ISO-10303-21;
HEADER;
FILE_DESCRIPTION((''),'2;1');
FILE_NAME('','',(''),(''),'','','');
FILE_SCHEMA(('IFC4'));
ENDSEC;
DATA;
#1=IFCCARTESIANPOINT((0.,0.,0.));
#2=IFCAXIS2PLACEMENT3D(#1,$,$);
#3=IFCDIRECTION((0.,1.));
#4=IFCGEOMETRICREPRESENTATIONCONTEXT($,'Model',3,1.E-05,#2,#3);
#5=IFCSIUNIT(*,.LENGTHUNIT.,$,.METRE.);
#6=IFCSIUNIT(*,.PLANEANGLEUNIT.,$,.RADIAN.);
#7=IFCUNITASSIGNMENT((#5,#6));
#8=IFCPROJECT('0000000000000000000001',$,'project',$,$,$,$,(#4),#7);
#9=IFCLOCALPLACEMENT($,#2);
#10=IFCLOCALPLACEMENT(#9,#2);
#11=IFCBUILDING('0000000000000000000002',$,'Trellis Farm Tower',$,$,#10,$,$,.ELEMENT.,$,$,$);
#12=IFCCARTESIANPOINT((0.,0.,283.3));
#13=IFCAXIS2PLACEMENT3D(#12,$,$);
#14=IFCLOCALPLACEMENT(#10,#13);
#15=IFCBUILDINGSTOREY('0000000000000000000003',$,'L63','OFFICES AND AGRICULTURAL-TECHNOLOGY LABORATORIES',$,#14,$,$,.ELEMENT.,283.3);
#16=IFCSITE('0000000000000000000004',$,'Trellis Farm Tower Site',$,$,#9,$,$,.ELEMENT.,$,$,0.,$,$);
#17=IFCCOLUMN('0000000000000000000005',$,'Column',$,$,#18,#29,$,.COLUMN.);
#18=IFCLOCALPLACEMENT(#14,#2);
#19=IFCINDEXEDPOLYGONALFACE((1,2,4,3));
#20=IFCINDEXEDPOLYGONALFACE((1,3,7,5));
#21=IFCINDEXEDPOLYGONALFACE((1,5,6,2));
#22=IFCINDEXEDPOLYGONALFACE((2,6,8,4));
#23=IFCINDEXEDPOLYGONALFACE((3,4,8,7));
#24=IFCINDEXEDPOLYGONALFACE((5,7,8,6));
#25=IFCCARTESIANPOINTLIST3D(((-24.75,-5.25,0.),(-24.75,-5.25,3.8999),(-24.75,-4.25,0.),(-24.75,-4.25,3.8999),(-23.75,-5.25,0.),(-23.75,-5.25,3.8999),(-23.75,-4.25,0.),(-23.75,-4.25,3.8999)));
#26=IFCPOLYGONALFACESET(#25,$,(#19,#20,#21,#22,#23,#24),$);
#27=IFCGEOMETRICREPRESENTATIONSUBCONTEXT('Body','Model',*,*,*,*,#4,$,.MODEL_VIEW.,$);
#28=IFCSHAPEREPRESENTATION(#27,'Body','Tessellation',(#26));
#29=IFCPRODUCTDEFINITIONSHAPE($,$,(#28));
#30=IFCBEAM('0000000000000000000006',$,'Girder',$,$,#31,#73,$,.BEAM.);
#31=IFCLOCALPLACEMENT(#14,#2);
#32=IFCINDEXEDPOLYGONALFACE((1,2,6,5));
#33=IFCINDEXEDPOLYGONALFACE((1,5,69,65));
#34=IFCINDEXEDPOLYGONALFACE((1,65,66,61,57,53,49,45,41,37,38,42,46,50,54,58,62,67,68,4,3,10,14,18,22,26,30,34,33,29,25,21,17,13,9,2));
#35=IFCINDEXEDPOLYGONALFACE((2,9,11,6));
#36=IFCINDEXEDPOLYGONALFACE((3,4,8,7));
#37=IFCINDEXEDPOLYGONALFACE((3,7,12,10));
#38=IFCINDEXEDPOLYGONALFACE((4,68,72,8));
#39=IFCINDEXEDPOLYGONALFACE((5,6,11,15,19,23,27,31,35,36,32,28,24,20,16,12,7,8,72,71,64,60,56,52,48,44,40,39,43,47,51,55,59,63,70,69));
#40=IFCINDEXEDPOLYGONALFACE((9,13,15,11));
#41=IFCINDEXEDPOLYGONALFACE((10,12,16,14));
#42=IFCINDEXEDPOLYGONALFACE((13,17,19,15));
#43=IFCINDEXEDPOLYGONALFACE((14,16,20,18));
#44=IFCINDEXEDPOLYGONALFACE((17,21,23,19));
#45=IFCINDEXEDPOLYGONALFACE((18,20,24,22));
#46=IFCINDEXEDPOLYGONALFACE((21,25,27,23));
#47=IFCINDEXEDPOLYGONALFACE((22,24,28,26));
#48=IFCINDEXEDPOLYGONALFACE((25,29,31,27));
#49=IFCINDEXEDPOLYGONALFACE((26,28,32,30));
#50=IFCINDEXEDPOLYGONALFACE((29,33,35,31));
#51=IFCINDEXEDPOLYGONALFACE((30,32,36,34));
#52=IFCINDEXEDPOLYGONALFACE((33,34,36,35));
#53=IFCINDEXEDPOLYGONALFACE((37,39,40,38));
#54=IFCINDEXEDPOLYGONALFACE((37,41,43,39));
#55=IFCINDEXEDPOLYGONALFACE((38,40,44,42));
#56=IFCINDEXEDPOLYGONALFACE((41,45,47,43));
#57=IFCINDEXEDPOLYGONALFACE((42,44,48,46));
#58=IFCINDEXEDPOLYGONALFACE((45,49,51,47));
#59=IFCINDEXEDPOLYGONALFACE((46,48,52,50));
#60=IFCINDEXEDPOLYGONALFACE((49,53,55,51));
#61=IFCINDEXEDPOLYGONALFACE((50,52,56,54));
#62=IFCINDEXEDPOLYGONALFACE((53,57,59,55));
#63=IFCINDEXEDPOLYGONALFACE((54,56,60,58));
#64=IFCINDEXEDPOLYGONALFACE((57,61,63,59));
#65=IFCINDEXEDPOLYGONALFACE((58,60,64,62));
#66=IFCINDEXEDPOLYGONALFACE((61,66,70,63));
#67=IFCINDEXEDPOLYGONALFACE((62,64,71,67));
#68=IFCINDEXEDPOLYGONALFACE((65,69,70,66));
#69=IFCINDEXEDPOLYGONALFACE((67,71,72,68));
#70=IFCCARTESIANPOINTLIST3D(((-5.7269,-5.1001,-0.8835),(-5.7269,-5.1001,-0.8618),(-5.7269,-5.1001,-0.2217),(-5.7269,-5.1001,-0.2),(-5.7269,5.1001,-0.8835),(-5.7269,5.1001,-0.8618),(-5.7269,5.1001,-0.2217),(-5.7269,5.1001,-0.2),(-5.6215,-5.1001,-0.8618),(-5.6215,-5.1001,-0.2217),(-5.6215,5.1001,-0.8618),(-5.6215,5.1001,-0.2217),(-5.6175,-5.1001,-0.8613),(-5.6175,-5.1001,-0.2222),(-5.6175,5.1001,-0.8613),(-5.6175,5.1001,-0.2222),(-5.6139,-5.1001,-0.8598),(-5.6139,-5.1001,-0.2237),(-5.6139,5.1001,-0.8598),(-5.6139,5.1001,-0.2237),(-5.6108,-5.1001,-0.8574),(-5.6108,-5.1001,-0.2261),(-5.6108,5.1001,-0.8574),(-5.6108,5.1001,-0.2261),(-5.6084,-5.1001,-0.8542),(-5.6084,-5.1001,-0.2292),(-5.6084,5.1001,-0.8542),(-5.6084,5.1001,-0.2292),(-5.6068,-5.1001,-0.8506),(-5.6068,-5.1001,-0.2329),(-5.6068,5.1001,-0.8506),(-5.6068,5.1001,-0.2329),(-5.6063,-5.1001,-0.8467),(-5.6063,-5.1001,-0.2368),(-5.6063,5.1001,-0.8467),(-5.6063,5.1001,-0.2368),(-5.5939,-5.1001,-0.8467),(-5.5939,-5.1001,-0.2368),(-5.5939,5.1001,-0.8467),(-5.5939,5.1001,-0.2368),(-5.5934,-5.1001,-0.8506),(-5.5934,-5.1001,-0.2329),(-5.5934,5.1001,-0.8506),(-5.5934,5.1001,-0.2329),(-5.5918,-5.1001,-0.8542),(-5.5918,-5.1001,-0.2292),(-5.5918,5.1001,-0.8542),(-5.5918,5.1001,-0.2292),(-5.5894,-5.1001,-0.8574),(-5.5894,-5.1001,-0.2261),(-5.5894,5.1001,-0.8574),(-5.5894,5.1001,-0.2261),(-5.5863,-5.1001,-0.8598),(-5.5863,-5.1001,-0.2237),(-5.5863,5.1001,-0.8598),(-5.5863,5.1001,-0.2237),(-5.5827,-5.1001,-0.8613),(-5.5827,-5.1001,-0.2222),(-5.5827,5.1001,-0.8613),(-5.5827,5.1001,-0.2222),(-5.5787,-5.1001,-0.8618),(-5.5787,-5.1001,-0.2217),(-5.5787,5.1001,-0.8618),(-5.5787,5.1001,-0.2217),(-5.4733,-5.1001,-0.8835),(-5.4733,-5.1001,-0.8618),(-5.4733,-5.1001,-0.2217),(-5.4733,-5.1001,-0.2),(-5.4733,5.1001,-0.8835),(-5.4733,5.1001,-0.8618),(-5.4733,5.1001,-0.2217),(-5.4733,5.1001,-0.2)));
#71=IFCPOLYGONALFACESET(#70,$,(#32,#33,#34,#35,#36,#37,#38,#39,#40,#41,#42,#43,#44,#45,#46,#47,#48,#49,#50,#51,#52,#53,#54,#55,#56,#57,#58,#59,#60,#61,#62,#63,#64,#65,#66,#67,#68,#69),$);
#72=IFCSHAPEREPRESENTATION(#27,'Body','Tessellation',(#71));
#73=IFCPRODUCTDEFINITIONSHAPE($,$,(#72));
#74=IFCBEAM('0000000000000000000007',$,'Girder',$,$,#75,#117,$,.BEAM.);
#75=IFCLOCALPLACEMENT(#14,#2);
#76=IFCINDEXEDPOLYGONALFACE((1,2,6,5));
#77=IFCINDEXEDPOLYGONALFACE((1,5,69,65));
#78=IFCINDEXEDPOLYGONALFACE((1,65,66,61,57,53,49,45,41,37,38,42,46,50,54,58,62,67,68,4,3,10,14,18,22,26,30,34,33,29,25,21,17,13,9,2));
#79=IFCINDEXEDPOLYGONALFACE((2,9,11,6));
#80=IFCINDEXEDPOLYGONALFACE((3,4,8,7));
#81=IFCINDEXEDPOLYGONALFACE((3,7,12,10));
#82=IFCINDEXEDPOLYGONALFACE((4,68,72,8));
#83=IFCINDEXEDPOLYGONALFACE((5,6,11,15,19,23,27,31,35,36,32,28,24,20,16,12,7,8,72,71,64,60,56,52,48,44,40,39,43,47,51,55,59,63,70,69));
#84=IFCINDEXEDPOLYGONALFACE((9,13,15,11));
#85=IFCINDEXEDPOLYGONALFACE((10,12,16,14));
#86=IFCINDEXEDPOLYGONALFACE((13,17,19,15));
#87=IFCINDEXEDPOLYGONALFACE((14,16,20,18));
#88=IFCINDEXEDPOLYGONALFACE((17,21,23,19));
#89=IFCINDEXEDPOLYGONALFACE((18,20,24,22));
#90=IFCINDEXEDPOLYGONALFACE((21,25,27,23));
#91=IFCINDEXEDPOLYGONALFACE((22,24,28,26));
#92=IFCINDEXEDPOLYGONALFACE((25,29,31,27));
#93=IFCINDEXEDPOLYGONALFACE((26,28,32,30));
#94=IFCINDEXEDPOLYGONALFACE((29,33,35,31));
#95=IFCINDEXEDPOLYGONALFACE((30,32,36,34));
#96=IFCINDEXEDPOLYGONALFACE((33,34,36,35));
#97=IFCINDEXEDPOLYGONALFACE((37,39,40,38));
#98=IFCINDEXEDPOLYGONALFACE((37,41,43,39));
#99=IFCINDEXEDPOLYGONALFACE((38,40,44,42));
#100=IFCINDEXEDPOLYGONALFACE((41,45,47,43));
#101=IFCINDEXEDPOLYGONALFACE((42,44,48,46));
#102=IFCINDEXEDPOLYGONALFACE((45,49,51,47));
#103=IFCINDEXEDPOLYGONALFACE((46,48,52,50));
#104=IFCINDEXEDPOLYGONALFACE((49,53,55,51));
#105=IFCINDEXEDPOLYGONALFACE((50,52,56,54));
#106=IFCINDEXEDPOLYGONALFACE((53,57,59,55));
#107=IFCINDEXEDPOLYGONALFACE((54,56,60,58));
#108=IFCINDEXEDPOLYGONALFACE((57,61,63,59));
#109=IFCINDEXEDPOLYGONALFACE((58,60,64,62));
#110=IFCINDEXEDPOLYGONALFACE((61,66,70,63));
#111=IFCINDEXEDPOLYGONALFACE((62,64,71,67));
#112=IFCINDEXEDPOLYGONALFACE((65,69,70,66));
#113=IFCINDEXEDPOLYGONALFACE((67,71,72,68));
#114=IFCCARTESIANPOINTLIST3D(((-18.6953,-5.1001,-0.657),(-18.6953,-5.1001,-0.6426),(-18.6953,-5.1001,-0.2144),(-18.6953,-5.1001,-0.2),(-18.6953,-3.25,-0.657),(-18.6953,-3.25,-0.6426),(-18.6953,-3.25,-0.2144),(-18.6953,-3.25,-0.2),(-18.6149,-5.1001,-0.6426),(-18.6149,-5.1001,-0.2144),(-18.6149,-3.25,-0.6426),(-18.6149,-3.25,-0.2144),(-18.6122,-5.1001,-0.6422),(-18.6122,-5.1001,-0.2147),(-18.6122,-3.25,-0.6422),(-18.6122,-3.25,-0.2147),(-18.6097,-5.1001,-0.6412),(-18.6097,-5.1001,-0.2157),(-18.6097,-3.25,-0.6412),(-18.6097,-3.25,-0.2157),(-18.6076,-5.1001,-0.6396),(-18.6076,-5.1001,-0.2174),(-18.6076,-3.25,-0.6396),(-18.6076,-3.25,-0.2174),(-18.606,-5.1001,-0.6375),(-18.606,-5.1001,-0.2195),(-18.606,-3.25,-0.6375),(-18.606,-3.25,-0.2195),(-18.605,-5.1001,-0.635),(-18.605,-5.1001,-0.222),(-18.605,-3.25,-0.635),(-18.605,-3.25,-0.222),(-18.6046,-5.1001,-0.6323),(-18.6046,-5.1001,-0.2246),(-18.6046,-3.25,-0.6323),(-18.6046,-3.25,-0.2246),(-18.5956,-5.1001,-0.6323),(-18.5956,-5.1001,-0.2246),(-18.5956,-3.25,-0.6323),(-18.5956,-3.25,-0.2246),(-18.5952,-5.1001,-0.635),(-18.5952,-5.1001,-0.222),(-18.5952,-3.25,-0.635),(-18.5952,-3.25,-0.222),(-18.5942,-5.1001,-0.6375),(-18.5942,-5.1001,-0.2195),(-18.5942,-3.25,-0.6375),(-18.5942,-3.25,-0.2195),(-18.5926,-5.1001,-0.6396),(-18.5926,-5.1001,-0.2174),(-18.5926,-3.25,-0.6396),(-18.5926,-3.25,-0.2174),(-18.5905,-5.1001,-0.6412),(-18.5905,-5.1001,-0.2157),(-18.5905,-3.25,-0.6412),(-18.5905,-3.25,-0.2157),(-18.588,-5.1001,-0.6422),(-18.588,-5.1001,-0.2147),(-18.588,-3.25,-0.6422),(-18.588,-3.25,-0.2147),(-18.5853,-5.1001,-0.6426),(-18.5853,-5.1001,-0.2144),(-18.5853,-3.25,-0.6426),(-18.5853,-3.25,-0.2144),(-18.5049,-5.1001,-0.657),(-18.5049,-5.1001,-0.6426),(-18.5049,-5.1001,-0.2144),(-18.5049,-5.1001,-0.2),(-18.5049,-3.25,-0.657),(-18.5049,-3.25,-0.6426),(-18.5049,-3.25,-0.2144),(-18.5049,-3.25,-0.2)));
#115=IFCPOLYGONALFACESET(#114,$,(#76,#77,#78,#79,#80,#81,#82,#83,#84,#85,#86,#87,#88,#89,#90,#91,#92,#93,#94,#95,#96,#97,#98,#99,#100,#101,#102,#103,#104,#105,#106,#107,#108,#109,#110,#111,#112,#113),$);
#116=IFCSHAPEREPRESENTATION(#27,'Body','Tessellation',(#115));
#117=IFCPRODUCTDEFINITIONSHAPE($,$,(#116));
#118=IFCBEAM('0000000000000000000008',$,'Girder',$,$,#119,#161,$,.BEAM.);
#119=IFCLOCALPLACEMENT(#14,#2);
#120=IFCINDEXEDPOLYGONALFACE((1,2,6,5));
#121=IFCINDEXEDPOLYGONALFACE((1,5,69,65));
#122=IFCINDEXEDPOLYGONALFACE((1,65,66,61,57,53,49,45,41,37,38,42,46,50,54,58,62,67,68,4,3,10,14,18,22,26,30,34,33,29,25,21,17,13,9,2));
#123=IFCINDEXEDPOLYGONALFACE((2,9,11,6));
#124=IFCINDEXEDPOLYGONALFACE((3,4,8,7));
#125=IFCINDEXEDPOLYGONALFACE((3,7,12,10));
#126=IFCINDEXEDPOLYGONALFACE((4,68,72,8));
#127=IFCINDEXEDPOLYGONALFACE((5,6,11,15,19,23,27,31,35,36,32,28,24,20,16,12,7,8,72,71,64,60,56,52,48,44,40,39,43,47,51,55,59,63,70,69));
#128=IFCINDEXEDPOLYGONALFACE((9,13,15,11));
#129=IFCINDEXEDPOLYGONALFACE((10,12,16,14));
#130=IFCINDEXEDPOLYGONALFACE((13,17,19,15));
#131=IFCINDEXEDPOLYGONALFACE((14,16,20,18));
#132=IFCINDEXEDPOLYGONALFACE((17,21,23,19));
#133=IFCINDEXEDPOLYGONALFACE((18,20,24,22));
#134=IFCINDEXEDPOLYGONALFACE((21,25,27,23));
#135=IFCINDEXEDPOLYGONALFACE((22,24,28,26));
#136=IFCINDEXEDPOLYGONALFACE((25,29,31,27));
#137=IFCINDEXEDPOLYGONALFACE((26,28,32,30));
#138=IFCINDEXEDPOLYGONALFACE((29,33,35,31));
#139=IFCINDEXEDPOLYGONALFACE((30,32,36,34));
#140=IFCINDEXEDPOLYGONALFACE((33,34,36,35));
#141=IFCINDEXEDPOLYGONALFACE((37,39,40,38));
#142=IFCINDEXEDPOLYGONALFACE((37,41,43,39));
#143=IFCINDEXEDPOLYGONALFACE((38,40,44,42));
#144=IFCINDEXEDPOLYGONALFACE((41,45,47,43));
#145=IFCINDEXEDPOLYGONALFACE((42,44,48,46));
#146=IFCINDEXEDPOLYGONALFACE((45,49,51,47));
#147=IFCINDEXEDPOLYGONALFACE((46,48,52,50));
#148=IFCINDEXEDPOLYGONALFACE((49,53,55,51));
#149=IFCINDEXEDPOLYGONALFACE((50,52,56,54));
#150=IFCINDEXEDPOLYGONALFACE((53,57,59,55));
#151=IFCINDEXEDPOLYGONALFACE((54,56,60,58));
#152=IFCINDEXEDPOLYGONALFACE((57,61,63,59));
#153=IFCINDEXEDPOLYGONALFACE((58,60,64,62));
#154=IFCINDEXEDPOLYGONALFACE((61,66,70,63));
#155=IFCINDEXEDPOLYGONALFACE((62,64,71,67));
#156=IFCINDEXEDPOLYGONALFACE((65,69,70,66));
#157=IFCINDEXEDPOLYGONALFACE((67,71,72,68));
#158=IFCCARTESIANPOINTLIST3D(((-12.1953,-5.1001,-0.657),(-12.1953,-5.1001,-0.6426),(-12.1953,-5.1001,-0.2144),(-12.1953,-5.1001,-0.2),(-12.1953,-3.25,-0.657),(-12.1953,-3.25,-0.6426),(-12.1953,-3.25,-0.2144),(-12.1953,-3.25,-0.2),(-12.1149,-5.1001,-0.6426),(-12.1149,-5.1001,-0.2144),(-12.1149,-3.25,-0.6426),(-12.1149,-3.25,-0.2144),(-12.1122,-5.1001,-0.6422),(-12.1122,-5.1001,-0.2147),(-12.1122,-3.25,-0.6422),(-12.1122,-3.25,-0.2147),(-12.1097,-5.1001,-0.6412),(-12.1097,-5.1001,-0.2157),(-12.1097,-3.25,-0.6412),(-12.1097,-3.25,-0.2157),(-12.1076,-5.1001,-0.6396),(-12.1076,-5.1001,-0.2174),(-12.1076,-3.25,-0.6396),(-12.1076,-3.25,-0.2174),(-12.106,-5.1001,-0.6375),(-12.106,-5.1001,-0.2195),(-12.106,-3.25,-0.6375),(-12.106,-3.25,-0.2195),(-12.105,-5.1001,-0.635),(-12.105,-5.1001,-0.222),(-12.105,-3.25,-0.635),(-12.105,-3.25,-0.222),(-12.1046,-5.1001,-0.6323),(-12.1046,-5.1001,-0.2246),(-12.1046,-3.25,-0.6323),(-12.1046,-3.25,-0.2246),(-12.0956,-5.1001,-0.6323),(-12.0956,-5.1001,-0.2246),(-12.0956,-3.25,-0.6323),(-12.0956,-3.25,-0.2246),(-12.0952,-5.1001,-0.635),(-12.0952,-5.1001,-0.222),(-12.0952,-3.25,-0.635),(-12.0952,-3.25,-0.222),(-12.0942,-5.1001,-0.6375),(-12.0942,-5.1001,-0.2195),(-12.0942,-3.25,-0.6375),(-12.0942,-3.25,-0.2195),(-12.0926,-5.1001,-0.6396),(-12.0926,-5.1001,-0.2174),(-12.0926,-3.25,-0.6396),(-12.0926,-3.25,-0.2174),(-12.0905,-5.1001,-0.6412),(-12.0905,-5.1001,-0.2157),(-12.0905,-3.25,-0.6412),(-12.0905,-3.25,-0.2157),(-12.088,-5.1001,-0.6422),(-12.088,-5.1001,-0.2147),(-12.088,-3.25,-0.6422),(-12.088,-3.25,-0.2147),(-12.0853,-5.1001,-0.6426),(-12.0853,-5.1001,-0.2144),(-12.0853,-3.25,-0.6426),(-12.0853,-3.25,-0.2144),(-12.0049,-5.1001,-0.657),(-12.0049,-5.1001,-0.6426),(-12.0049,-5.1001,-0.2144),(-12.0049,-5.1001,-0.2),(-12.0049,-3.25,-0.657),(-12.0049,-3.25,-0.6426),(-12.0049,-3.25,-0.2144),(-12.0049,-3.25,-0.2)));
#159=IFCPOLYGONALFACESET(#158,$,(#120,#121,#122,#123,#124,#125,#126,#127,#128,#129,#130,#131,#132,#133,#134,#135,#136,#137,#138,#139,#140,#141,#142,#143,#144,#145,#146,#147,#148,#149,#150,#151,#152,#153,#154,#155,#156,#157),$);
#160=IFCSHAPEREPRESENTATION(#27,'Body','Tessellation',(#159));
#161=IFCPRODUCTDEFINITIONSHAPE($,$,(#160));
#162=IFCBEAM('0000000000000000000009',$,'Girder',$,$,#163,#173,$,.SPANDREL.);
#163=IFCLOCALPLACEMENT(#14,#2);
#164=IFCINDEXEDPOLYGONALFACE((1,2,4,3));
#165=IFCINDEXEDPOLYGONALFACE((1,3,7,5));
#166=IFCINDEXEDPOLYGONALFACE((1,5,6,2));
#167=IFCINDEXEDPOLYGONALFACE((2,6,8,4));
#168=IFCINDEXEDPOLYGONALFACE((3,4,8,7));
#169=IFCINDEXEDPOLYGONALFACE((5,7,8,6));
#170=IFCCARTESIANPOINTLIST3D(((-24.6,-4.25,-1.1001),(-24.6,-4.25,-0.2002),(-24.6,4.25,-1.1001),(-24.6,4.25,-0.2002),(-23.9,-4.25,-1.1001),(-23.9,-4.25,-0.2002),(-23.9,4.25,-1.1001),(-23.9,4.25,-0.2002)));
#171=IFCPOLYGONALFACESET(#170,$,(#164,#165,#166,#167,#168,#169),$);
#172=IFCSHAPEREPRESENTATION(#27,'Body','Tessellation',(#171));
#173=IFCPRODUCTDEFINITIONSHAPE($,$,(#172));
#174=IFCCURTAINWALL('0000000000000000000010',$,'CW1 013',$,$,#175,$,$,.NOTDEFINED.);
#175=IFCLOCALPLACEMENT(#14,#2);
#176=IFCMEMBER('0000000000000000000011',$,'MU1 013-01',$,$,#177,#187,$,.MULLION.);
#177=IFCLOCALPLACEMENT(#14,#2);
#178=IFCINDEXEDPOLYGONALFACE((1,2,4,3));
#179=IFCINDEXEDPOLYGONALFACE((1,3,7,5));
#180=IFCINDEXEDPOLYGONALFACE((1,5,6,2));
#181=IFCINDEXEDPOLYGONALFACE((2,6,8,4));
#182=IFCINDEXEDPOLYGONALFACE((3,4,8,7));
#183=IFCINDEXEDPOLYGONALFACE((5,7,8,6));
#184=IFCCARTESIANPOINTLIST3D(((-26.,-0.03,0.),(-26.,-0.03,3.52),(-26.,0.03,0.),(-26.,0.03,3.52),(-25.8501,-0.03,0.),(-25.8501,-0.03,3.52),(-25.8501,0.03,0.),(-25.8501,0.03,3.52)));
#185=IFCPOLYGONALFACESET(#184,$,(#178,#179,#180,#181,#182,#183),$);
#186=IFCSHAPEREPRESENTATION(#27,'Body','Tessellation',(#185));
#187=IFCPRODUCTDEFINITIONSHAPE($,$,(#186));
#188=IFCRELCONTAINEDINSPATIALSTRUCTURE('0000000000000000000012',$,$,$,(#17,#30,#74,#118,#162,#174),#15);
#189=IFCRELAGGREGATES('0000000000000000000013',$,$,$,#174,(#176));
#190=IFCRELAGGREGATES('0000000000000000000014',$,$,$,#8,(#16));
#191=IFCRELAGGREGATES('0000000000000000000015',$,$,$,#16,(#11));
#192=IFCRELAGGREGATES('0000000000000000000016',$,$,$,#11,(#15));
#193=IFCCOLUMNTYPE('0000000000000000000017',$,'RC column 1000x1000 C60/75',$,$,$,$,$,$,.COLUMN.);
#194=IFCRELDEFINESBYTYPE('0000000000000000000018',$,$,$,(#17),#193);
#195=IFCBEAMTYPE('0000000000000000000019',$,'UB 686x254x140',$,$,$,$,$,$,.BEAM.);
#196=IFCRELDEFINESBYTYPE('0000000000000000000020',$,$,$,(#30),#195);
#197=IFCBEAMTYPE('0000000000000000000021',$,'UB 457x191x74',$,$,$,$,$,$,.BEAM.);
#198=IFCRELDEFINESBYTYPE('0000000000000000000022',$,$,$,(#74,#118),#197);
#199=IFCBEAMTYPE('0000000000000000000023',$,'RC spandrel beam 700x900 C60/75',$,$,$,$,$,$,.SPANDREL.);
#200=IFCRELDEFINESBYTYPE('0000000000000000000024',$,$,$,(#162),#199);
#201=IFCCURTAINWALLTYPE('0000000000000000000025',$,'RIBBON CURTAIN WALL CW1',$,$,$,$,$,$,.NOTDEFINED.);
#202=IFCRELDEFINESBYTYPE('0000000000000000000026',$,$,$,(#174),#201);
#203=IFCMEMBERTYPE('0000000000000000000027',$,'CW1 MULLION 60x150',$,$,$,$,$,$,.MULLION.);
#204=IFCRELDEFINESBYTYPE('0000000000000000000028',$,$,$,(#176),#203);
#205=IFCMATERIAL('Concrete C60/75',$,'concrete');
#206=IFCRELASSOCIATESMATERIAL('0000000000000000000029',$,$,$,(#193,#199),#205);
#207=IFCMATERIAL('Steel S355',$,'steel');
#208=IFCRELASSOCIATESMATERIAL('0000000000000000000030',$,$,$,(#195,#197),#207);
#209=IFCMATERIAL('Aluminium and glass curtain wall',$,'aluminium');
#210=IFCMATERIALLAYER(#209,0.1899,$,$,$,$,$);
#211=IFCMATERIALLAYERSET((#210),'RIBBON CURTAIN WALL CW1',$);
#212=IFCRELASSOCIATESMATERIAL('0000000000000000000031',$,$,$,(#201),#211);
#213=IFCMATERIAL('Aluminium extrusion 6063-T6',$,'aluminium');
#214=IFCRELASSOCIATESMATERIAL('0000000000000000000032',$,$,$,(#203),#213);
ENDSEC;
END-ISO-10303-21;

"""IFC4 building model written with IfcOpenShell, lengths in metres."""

from ifc_helpers import new_model, si_unit, direction, frame, origin, origin_2d, place, context, subcontext, project, spatial, rectangle, i_section, extrude, source, transform, mapped, material, layer, layer_set, material_profile, profile_set, type_object, element, aggregate, save


model = new_model("IFC4")

# Units and contexts
model_context = context("Model", 3, precision=1e-05, world=origin(), true_north=direction((0.0, 1.0)))
body_context = subcontext(model_context, "Body", "Model", "MODEL_VIEW")
ifc_project = project(units=[si_unit("LENGTHUNIT", "METRE"), si_unit("PLANEANGLEUNIT", "RADIAN")], contexts=[model_context])

# Site, building, storey
site_placement = place(None, origin())
site = spatial("IfcSite", under=ifc_project, at=site_placement, Name="Trellis Farm Tower Site", CompositionType="ELEMENT", RefElevation=0.0)
building_placement = place(site_placement, origin())
building = spatial("IfcBuilding", under=site, at=building_placement, Name="Trellis Farm Tower", CompositionType="ELEMENT")
storey_placement = place(building_placement, frame((0.0, 0.0, 283.3)))
storey = spatial("IfcBuildingStorey", under=building, at=storey_placement, Name="L63", Description="OFFICES AND AGRICULTURAL-TECHNOLOGY LABORATORIES", CompositionType="ELEMENT", Elevation=283.3)

# Column
ifc_material_1 = material(Name="Concrete C60/75", Category="concrete")
ifc_material_profile_1 = material_profile(ifc_material_1, rectangle(XDim=1.0, YDim=1.0, at=origin_2d()), Name="RC column 1000x1000 C60/75")
ifc_profile_set_1 = profile_set([ifc_material_profile_1], Name="Concrete C60/75")
column_type = type_object("IfcColumnType", Name="RC column 1000x1000 C60/75", PredefinedType="COLUMN", material=ifc_profile_set_1)
shared_shape_1 = source(origin(), body_context, "Body", "SweptSolid", [
    extrude(rectangle(XDim=1.0, YDim=1.0, at=origin_2d()), origin(), (0.0, 0.0, 1.0), 3.8999),
])
column_placement = place(storey_placement, frame((-24.25, -4.75, 0.0), z_axis=(0.0, 0.0, 1.0), x_axis=(1.0, 0.0, 0.0)))
element("IfcColumn", 1, at=column_placement, inside=storey, type_object=column_type, Name="Column", PredefinedType="COLUMN", context=body_context, shape_type="MappedRepresentation", body=[
    mapped(shared_shape_1, transform((0.0, 0.0, 0.0))),
])

# Beams
ifc_material_2 = material(Name="Steel S355", Category="steel")
ifc_material_profile_2 = material_profile(ifc_material_2, i_section(OverallWidth=0.2537, OverallDepth=0.6836, WebThickness=0.0125, FlangeThickness=0.0217, FilletRadius=0.0151, at=origin_2d()), Name="UB 686x254x140")
ifc_profile_set_2 = profile_set([ifc_material_profile_2], Name="Steel S355")
beam_type_1 = type_object("IfcBeamType", Name="UB 686x254x140", PredefinedType="BEAM", material=ifc_profile_set_2)
shared_shape_2 = source(origin(), body_context, "Body", "SweptSolid", [
    extrude(i_section(OverallWidth=0.2537, OverallDepth=0.6836, WebThickness=0.0125, FlangeThickness=0.0217, FilletRadius=0.0151, at=origin_2d()), origin(), (0.0, 0.0, 1.0), 10.2002),
])
beam_1_placement = place(storey_placement, frame((-5.6001, -5.1001, -0.5417), z_axis=(0.0, 1.0, 0.0), x_axis=(-1.0, 0.0, 0.0)))
element("IfcBeam", 2, at=beam_1_placement, inside=storey, type_object=beam_type_1, Name="Girder", PredefinedType="BEAM", context=body_context, shape_type="MappedRepresentation", body=[
    mapped(shared_shape_2, transform((0.0, 0.0, 0.0))),
])
ifc_material_profile_3 = material_profile(ifc_material_2, i_section(OverallWidth=0.1904, OverallDepth=0.457, WebThickness=0.009, FlangeThickness=0.0144, FilletRadius=0.0103, at=origin_2d()), Name="UB 457x191x74")
ifc_profile_set_3 = profile_set([ifc_material_profile_3], Name="Steel S355")
beam_type_2 = type_object("IfcBeamType", Name="UB 457x191x74", PredefinedType="BEAM", material=ifc_profile_set_3)
shared_shape_3 = source(origin(), body_context, "Body", "SweptSolid", [
    extrude(i_section(OverallWidth=0.1904, OverallDepth=0.457, WebThickness=0.009, FlangeThickness=0.0144, FilletRadius=0.0103, at=origin_2d()), origin(), (0.0, 0.0, 1.0), 1.8501),
])
for number, where, z_axis, x_axis, name in (
    (3, (-18.6001, -5.1001, -0.4285), (0.0, 1.0, 0.0), (-1.0, 0.0, 0.0), "Girder"),
    (4, (-12.1001, -5.1001, -0.4285), (0.0, 1.0, 0.0), (-1.0, 0.0, 0.0), "Girder"),
):
    element("IfcBeam", number, at=place(storey_placement, frame(where, z_axis=z_axis, x_axis=x_axis)), inside=storey, type_object=beam_type_2, Name=name, PredefinedType="BEAM", context=body_context, shape_type="MappedRepresentation", body=[
        mapped(shared_shape_3, transform((0.0, 0.0, 0.0))),
    ])
ifc_material_profile_4 = material_profile(ifc_material_1, rectangle(XDim=0.7, YDim=0.8999, at=origin_2d()), Name="RC spandrel beam 700x900 C60/75")
ifc_profile_set_4 = profile_set([ifc_material_profile_4], Name="Concrete C60/75")
beam_type_3 = type_object("IfcBeamType", Name="RC spandrel beam 700x900 C60/75", PredefinedType="SPANDREL", material=ifc_profile_set_4)
shared_shape_4 = source(origin(), body_context, "Body", "SweptSolid", [
    extrude(rectangle(XDim=0.7, YDim=0.8999, at=origin_2d()), origin(), (0.0, 0.0, 1.0), 8.5),
])
beam_2_placement = place(storey_placement, frame((-24.25, -4.25, -0.6501), z_axis=(0.0, 1.0, 0.0), x_axis=(-1.0, 0.0, 0.0)))
element("IfcBeam", 5, at=beam_2_placement, inside=storey, type_object=beam_type_3, Name="Girder", PredefinedType="SPANDREL", context=body_context, shape_type="MappedRepresentation", body=[
    mapped(shared_shape_4, transform((0.0, 0.0, 0.0))),
])

# Curtain wall, member
ifc_material_3 = material(Name="Aluminium and glass curtain wall", Category="aluminium")
ifc_layer_1 = layer(ifc_material_3, 0.1899)
ifc_layer_set_1 = layer_set([ifc_layer_1], Name="RIBBON CURTAIN WALL CW1")
curtain_wall_type = type_object("IfcCurtainWallType", Name="RIBBON CURTAIN WALL CW1", PredefinedType="NOTDEFINED", material=ifc_layer_set_1)
curtain_wall_placement = place(storey_placement, origin())
curtain_wall = element("IfcCurtainWall", 6, at=curtain_wall_placement, inside=storey, type_object=curtain_wall_type, Name="CW1 013", PredefinedType="NOTDEFINED")
ifc_material_4 = material(Name="Aluminium extrusion 6063-T6", Category="aluminium")
ifc_material_profile_5 = material_profile(ifc_material_4, rectangle(XDim=0.0601, YDim=0.1499, at=origin_2d()), Name="MULLION 60x150")
ifc_profile_set_5 = profile_set([ifc_material_profile_5], Name="Aluminium extrusion 6063-T6")
member_type = type_object("IfcMemberType", Name="CW1 MULLION 60x150", PredefinedType="MULLION", material=ifc_profile_set_5)
shared_shape_5 = source(origin(), body_context, "Body", "SweptSolid", [
    extrude(rectangle(XDim=0.0601, YDim=0.1499, at=origin_2d()), origin(), (0.0, 0.0, 1.0), 3.52),
])
member_placement = place(storey_placement, frame((-25.925, 0.0, 0.0), z_axis=(0.0, 0.0, 1.0), x_axis=(0.0, -1.0, 0.0)))
member = element("IfcMember", 7, at=member_placement, type_object=member_type, Name="MU1 013-01", PredefinedType="MULLION", context=body_context, shape_type="MappedRepresentation", body=[
    mapped(shared_shape_5, transform((0.0, 0.0, 0.0))),
])
aggregate(curtain_wall, [member])

save(model, "model.ifc")
